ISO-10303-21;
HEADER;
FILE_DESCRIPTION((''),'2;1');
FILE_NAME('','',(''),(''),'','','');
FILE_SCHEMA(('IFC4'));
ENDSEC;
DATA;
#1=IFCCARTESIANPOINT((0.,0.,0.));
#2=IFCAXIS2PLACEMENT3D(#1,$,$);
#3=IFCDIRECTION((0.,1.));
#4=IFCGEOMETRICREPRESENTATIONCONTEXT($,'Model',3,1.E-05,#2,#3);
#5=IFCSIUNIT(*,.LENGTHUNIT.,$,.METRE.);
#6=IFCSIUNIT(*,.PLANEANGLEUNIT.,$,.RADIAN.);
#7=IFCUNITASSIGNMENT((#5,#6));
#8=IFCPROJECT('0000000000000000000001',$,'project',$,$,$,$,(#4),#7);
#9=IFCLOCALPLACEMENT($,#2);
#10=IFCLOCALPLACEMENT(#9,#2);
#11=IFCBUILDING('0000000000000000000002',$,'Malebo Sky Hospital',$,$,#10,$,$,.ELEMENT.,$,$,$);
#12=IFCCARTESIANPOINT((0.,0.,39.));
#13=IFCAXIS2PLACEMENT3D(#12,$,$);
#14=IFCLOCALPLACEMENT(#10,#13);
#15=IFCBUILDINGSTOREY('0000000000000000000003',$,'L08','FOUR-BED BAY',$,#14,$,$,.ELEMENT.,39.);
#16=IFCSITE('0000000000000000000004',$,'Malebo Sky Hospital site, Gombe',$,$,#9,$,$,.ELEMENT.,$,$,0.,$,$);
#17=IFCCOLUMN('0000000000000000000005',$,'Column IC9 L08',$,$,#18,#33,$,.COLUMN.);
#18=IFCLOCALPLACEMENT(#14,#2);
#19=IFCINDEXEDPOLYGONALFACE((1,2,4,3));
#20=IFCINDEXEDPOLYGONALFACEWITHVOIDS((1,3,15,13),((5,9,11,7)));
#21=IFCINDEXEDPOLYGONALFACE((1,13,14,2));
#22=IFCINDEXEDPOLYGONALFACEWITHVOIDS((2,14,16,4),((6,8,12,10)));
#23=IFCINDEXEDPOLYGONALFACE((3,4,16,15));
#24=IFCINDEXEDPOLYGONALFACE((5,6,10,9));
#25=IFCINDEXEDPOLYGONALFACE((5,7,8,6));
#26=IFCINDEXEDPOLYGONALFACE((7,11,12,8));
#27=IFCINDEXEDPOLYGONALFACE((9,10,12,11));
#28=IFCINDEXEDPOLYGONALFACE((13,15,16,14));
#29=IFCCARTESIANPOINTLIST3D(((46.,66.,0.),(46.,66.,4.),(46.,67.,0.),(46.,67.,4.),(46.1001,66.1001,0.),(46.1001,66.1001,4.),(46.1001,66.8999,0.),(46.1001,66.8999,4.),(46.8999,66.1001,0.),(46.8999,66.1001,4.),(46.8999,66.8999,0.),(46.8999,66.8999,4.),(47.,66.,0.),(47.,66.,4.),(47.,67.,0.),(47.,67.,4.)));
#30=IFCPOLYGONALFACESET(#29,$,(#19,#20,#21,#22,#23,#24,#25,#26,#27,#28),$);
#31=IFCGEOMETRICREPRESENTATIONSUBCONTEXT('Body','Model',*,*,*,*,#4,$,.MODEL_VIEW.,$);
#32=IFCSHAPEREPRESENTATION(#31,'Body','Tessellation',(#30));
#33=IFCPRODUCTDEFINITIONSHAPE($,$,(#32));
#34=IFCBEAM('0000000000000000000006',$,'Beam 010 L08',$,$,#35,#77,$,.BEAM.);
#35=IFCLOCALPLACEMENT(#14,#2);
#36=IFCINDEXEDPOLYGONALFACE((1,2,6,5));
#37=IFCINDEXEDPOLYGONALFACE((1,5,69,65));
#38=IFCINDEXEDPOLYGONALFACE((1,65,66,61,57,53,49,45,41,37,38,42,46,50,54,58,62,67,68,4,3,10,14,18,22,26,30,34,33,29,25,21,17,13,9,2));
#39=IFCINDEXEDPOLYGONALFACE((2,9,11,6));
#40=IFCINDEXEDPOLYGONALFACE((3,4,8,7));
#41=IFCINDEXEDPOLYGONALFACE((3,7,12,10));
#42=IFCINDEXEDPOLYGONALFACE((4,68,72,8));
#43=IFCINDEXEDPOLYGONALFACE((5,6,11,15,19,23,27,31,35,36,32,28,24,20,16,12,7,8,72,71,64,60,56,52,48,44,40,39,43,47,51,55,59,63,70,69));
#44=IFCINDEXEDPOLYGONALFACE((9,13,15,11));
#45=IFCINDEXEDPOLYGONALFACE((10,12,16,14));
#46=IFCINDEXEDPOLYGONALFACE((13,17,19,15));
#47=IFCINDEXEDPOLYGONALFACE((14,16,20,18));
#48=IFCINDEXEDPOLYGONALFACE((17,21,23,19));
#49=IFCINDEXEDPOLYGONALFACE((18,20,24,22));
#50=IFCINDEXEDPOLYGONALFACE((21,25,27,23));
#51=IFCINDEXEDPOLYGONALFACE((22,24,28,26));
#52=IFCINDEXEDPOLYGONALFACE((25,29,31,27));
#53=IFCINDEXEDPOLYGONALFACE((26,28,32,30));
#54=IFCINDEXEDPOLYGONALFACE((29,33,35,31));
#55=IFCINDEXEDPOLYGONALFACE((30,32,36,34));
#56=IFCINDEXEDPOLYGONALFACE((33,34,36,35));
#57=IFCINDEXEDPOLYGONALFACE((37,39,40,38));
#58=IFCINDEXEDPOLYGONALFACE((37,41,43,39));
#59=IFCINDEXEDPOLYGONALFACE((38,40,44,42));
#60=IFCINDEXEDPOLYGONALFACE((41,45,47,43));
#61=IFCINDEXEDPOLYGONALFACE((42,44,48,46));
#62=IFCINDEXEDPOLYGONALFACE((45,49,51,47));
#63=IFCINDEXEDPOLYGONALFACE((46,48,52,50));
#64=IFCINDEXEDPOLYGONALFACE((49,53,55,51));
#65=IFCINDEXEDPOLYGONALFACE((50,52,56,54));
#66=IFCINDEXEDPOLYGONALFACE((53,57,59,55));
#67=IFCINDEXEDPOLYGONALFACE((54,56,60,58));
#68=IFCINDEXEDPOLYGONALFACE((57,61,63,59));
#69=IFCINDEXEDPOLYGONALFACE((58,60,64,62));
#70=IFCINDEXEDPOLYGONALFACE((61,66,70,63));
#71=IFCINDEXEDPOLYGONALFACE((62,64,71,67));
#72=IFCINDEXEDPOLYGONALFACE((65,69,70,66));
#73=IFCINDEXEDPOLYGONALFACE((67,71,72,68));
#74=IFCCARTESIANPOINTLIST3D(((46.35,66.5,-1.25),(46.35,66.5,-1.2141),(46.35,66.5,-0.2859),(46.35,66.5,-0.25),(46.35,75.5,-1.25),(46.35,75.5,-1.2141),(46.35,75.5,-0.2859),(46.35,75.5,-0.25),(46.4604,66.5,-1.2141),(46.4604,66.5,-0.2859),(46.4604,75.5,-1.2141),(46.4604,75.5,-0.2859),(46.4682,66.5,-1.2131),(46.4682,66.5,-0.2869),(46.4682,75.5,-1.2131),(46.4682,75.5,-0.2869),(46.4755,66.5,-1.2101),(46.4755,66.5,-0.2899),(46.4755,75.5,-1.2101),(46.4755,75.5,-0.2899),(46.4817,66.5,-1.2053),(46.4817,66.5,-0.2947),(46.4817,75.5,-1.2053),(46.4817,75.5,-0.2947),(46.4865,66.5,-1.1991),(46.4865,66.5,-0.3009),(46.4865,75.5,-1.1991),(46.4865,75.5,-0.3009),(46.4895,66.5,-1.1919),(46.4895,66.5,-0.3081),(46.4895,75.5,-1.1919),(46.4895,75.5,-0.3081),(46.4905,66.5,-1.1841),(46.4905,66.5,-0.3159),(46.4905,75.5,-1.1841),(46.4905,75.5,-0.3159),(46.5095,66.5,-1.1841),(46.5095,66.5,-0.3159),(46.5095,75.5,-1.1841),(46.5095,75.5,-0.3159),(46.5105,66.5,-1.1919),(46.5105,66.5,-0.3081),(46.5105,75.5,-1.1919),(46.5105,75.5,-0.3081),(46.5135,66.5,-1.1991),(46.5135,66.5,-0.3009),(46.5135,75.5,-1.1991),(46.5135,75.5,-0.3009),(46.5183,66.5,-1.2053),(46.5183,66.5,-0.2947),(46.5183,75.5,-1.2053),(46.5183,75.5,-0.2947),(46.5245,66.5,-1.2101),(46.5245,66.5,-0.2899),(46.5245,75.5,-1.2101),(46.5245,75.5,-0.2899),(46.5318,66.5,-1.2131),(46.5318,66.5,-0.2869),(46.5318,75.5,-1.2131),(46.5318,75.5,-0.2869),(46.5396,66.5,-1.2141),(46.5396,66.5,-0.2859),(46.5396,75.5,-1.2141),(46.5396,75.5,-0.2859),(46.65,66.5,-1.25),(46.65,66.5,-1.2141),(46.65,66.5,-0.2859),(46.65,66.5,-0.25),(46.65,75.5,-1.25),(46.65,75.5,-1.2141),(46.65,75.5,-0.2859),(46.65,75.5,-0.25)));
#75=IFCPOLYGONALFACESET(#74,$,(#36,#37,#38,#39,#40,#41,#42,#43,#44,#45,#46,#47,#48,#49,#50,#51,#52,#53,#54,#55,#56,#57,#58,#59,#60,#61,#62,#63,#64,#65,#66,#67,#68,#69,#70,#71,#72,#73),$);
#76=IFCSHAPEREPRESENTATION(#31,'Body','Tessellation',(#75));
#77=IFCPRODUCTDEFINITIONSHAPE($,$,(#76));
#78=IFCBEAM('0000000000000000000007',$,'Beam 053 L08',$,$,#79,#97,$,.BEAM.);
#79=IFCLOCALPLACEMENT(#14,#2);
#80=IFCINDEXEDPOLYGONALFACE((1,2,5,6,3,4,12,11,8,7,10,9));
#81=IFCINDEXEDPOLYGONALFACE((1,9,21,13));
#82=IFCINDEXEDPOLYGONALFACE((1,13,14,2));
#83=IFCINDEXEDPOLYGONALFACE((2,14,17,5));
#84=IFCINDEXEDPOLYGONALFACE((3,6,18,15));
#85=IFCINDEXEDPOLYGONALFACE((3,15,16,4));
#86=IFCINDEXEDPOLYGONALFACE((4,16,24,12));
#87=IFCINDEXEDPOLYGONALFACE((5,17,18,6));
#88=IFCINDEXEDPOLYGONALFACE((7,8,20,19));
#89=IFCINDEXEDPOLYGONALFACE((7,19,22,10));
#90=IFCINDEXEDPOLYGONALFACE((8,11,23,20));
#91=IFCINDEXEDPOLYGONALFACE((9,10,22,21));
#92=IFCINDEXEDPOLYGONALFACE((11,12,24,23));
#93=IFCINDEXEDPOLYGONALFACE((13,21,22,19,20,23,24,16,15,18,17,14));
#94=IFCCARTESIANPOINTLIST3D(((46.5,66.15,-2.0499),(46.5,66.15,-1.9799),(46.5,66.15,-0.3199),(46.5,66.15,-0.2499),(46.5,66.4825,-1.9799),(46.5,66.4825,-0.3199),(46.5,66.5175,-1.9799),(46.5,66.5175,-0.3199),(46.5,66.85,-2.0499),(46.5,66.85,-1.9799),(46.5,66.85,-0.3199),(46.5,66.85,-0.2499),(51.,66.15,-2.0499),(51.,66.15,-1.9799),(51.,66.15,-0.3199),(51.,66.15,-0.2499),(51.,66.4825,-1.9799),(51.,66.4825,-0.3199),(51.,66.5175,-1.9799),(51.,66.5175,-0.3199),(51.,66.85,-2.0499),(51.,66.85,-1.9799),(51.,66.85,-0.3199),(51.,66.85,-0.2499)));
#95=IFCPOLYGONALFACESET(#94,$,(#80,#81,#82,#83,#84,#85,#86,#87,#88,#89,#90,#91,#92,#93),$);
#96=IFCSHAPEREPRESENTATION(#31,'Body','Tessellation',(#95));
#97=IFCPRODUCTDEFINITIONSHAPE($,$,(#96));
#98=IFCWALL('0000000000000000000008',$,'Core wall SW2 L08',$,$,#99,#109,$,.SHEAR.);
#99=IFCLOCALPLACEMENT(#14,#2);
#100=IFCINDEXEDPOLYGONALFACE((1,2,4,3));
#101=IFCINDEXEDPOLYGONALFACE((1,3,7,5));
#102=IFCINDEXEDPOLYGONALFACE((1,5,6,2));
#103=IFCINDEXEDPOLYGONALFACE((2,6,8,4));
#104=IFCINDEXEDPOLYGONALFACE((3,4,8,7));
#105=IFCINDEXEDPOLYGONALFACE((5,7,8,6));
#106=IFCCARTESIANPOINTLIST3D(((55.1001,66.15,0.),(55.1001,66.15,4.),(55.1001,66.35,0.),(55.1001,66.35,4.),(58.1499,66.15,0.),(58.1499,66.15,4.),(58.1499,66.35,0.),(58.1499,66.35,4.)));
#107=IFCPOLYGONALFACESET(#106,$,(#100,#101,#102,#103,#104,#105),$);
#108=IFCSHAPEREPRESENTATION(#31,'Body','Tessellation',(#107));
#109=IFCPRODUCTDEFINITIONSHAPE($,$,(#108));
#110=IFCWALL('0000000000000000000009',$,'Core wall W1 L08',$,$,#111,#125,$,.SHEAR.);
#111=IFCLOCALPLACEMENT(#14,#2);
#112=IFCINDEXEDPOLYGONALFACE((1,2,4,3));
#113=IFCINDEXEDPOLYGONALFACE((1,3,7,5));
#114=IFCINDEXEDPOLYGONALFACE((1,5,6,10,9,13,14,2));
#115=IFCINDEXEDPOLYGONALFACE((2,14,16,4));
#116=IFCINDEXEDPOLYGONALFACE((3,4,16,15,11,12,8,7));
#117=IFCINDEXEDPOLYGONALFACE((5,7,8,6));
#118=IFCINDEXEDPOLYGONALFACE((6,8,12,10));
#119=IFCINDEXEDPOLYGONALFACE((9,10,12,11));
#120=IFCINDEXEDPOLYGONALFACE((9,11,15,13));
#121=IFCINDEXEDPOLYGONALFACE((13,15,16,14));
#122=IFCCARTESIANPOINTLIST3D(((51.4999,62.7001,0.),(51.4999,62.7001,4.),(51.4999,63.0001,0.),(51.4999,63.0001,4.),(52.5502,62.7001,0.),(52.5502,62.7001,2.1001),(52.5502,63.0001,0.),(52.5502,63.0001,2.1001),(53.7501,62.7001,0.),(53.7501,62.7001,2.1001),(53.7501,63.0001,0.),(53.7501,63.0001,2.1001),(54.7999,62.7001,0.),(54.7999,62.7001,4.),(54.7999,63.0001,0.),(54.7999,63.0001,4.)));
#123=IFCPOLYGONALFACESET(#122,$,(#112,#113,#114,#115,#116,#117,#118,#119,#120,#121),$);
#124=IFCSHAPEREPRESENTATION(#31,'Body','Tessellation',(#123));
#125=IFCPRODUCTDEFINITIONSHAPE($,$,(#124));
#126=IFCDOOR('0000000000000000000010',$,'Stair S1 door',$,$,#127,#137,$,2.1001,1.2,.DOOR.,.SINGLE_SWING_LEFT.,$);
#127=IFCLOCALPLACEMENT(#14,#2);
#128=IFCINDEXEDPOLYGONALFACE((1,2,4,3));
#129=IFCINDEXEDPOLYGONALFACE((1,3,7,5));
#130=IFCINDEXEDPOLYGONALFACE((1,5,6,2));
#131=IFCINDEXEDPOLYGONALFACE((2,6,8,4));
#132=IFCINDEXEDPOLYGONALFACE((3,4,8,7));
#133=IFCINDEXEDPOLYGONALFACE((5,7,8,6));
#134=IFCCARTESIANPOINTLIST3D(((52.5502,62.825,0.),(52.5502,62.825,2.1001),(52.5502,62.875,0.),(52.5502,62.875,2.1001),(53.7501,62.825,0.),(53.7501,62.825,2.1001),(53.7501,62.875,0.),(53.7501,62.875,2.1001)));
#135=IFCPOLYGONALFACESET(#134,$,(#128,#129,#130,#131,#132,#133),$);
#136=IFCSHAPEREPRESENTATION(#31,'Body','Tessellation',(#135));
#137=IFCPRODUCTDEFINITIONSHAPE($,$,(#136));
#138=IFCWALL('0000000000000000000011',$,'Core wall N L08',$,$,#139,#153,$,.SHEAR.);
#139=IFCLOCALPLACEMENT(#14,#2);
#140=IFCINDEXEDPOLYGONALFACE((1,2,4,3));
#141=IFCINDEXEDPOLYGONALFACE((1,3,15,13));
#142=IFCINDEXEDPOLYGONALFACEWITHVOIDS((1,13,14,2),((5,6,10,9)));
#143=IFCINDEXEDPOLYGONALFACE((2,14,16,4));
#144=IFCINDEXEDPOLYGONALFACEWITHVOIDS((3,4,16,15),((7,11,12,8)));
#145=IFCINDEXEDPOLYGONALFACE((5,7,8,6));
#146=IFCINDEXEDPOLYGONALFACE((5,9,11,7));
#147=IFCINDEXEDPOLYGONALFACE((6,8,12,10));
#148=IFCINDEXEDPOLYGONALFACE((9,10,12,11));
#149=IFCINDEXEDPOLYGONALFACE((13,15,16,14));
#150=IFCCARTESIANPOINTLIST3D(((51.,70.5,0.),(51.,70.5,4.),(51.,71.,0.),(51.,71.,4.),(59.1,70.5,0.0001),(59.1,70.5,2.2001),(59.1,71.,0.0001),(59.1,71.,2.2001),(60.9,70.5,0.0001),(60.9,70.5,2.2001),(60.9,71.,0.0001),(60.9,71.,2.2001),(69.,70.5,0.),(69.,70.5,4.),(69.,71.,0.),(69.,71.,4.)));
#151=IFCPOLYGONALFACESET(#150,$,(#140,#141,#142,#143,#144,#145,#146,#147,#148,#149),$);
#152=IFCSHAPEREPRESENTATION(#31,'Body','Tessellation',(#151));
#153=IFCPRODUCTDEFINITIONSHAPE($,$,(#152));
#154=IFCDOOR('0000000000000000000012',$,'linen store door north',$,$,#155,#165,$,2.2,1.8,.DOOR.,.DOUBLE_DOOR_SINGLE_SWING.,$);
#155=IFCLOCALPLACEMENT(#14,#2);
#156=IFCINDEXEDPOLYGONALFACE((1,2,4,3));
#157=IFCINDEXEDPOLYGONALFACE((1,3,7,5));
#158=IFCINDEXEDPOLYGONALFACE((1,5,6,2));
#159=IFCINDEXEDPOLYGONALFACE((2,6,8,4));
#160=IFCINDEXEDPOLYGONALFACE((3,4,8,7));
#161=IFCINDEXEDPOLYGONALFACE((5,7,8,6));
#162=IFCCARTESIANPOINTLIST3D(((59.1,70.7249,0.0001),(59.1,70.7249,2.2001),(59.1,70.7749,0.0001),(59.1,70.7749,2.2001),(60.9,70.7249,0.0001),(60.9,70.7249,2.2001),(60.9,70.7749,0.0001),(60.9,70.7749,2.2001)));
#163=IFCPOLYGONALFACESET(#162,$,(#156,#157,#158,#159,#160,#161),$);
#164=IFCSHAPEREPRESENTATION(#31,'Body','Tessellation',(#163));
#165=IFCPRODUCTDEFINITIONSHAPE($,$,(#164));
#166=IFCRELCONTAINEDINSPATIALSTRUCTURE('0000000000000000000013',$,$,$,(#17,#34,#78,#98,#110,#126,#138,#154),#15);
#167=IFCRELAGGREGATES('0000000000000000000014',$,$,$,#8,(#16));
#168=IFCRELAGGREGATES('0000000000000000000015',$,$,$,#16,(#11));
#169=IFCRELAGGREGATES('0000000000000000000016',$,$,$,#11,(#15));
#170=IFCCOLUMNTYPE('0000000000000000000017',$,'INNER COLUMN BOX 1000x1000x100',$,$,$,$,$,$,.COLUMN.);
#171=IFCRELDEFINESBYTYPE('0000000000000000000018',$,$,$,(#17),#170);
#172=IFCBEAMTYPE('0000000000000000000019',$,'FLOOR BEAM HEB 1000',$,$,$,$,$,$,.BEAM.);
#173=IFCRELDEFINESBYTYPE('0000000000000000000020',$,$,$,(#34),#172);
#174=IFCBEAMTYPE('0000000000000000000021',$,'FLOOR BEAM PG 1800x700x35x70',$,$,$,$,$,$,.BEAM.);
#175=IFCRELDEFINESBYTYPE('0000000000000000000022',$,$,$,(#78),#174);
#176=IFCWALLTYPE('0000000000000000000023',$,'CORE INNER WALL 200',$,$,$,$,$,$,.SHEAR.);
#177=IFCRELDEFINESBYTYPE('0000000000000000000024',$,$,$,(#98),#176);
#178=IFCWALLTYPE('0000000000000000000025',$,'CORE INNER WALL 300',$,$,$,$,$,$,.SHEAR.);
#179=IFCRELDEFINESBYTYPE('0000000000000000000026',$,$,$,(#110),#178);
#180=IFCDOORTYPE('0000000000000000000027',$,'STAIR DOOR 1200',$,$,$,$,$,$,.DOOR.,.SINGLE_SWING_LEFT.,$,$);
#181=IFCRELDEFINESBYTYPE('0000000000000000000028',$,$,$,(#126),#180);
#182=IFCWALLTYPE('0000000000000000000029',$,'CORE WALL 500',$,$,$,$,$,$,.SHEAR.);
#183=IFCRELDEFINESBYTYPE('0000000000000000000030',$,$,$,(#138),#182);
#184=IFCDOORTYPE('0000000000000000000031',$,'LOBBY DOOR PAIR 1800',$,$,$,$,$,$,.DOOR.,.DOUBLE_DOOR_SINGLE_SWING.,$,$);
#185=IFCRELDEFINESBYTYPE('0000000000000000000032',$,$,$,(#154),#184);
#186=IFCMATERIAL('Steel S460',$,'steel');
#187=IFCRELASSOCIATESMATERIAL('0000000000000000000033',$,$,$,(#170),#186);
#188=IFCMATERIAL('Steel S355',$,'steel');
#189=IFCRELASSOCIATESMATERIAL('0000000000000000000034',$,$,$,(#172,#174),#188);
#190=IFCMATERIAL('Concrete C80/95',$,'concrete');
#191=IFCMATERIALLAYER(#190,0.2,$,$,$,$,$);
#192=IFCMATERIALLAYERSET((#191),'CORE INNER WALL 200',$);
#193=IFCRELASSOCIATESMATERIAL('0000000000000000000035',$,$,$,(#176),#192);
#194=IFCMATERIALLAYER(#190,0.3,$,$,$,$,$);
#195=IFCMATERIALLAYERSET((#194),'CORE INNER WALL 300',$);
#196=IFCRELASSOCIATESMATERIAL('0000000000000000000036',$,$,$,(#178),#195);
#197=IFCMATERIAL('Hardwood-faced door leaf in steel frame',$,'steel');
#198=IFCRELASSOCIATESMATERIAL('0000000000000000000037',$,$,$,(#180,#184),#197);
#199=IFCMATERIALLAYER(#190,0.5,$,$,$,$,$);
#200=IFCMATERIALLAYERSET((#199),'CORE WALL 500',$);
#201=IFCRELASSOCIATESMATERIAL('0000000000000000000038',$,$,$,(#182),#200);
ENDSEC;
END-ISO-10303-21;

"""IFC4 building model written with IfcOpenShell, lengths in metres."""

from ifc_helpers import new_model, si_unit, direction, frame, frame_2d, origin, origin_2d, place, context, subcontext, project, spatial, rectangle, hollow_rectangle, i_section, extrude, material, layer, layer_set, material_profile, profile_set, type_object, element, fill, save


model = new_model("IFC4")

# Units and contexts
model_context = context("Model", 3, precision=1e-05, world=origin(), true_north=direction((0.0, 1.0)))
body_context = subcontext(model_context, "Body", "Model", "MODEL_VIEW")
ifc_project = project(units=[si_unit("LENGTHUNIT", "METRE"), si_unit("PLANEANGLEUNIT", "RADIAN")], contexts=[model_context])

# Site, building, storey
site_placement = place(None, origin())
site = spatial("IfcSite", under=ifc_project, at=site_placement, Name="Malebo Sky Hospital site, Gombe", CompositionType="ELEMENT", RefElevation=0.0)
building_placement = place(site_placement, origin())
building = spatial("IfcBuilding", under=site, at=building_placement, Name="Malebo Sky Hospital", CompositionType="ELEMENT")
storey_placement = place(building_placement, frame((0.0, 0.0, 39.0)))
storey = spatial("IfcBuildingStorey", under=building, at=storey_placement, Name="L08", Description="FOUR-BED BAY", CompositionType="ELEMENT", Elevation=39.0)

# Column
ifc_material_1 = material(Name="Steel S460", Category="steel")
ifc_material_profile_1 = material_profile(ifc_material_1, hollow_rectangle(XDim=1.0, YDim=1.0, WallThickness=0.1001, at=origin_2d()), Name="BOX 1000x1000x100")
ifc_profile_set_1 = profile_set([ifc_material_profile_1], Name="Steel S460")
column_type = type_object("IfcColumnType", Name="INNER COLUMN BOX 1000x1000x100", PredefinedType="COLUMN", material=ifc_profile_set_1)
column_placement = place(storey_placement, frame((46.5, 66.5, 0.0), z_axis=(0.0, 0.0, 1.0), x_axis=(1.0, 0.0, 0.0)))
element("IfcColumn", 1, at=column_placement, inside=storey, type_object=column_type, Name="Column IC9 L08", PredefinedType="COLUMN", context=body_context, shape_type="SweptSolid", body=[
    extrude(hollow_rectangle(XDim=1.0, YDim=1.0, WallThickness=0.1001, at=origin_2d()), origin(), (0.0, 0.0, 1.0), 4.0),
])

# Beams
ifc_material_2 = material(Name="Steel S355", Category="steel")
ifc_material_profile_2 = material_profile(ifc_material_2, i_section(OverallWidth=0.3, OverallDepth=1.0, WebThickness=0.019, FlangeThickness=0.0359, FilletRadius=0.03, at=origin_2d()), Name="HEB 1000")
ifc_profile_set_2 = profile_set([ifc_material_profile_2], Name="Steel S355")
beam_type_1 = type_object("IfcBeamType", Name="FLOOR BEAM HEB 1000", PredefinedType="BEAM", material=ifc_profile_set_2)
beam_1_placement = place(storey_placement, frame((46.5, 66.5, -0.75), z_axis=(0.0, 1.0, 0.0), x_axis=(-1.0, 0.0, 0.0)))
element("IfcBeam", 2, at=beam_1_placement, inside=storey, type_object=beam_type_1, Name="Beam 010 L08", PredefinedType="BEAM", context=body_context, shape_type="SweptSolid", body=[
    extrude(i_section(OverallWidth=0.3, OverallDepth=1.0, WebThickness=0.019, FlangeThickness=0.0359, FilletRadius=0.03, at=origin_2d()), origin(), (0.0, 0.0, 1.0), 9.0),
])
ifc_material_profile_3 = material_profile(ifc_material_2, i_section(OverallWidth=0.7, OverallDepth=1.8, WebThickness=0.0349, FlangeThickness=0.0701, at=origin_2d()), Name="PG 1800x700x35x70")
ifc_profile_set_3 = profile_set([ifc_material_profile_3], Name="Steel S355")
beam_type_2 = type_object("IfcBeamType", Name="FLOOR BEAM PG 1800x700x35x70", PredefinedType="BEAM", material=ifc_profile_set_3)
beam_2_placement = place(storey_placement, frame((46.5, 66.5, -1.1499), z_axis=(1.0, 0.0, 0.0), x_axis=(0.0, 1.0, 0.0)))
element("IfcBeam", 3, at=beam_2_placement, inside=storey, type_object=beam_type_2, Name="Beam 053 L08", PredefinedType="BEAM", context=body_context, shape_type="SweptSolid", body=[
    extrude(i_section(OverallWidth=0.7, OverallDepth=1.8, WebThickness=0.0349, FlangeThickness=0.0701, at=origin_2d()), origin(), (0.0, 0.0, 1.0), 4.5),
])

# Wall
ifc_material_3 = material(Name="Concrete C80/95", Category="concrete")
ifc_layer_1 = layer(ifc_material_3, 0.2)
ifc_layer_set_1 = layer_set([ifc_layer_1], Name="CORE INNER WALL 200")
wall_type_1 = type_object("IfcWallType", Name="CORE INNER WALL 200", PredefinedType="SHEAR", material=ifc_layer_set_1)
wall_1_placement = place(storey_placement, frame((55.1001, 66.25, 0.0), z_axis=(0.0, 0.0, 1.0), x_axis=(1.0, 0.0, 0.0)))
element("IfcWall", 4, at=wall_1_placement, inside=storey, type_object=wall_type_1, Name="Core wall SW2 L08", PredefinedType="SHEAR", context=body_context, shape_type="SweptSolid", body=[
    extrude(rectangle(XDim=3.0498, YDim=0.2, at=frame_2d((1.5249, 0.0))), origin(), (0.0, 0.0, 1.0), 4.0),
])

# Walls, openings, doors
ifc_layer_2 = layer(ifc_material_3, 0.3)
ifc_layer_set_2 = layer_set([ifc_layer_2], Name="CORE INNER WALL 300")
wall_type_2 = type_object("IfcWallType", Name="CORE INNER WALL 300", PredefinedType="SHEAR", material=ifc_layer_set_2)
wall_2_placement = place(storey_placement, frame((51.5, 62.8501, 0.0), z_axis=(0.0, 0.0, 1.0), x_axis=(1.0, 0.0, 0.0)))
wall_2 = element("IfcWall", 5, at=wall_2_placement, inside=storey, type_object=wall_type_2, Name="Core wall W1 L08", PredefinedType="SHEAR", context=body_context, shape_type="SweptSolid", body=[
    extrude(rectangle(XDim=3.3, YDim=0.3, at=frame_2d((1.6499, 0.0))), origin(), (0.0, 0.0, 1.0), 4.0),
])
opening_1_placement = place(wall_2_placement, frame((1.05, 0.0, 0.0)))
opening_1 = element("IfcOpeningElement", 6, at=opening_1_placement, cuts=wall_2, PredefinedType="OPENING", context=body_context, shape_type="SweptSolid", body=[
    extrude(rectangle(XDim=1.2, YDim=2.1001, at=frame_2d((0.6001, 1.05))), frame((0.0, 0.1599, 0.0), z_axis=(0.0, -1.0, 0.0), x_axis=(1.0, 0.0, 0.0)), (0.0, 0.0, 1.0), 0.3201),
])
ifc_material_4 = material(Name="Hardwood-faced door leaf in steel frame", Category="steel")
door_type_1 = type_object("IfcDoorType", Name="STAIR DOOR 1200", OperationType="SINGLE_SWING_LEFT", PredefinedType="DOOR", material=ifc_material_4)
door_1_placement = place(opening_1_placement, origin())
door_1 = element("IfcDoor", 7, at=door_1_placement, inside=storey, type_object=door_type_1, Name="Stair S1 door", OperationType="SINGLE_SWING_LEFT", OverallHeight=2.1001, OverallWidth=1.2, PredefinedType="DOOR", context=body_context, shape_type="SweptSolid", body=[
    extrude(rectangle(XDim=1.2, YDim=2.1001, at=frame_2d((0.6001, 1.05))), frame((0.0, 0.0249, 0.0), z_axis=(0.0, -1.0, 0.0), x_axis=(1.0, 0.0, 0.0)), (0.0, 0.0, 1.0), 0.05),
])
fill(opening_1, door_1)
ifc_layer_3 = layer(ifc_material_3, 0.5)
ifc_layer_set_3 = layer_set([ifc_layer_3], Name="CORE WALL 500")
wall_type_3 = type_object("IfcWallType", Name="CORE WALL 500", PredefinedType="SHEAR", material=ifc_layer_set_3)
wall_3_placement = place(storey_placement, frame((51.0, 70.75, 0.0), z_axis=(0.0, 0.0, 1.0), x_axis=(1.0, 0.0, 0.0)))
wall_3 = element("IfcWall", 8, at=wall_3_placement, inside=storey, type_object=wall_type_3, Name="Core wall N L08", PredefinedType="SHEAR", context=body_context, shape_type="SweptSolid", body=[
    extrude(rectangle(XDim=18.0, YDim=0.5, at=frame_2d((9.0, 0.0))), origin(), (0.0, 0.0, 1.0), 4.0),
])
opening_2_placement = place(wall_3_placement, frame((8.1001, 0.0, 0.0)))
opening_2 = element("IfcOpeningElement", 9, at=opening_2_placement, cuts=wall_3, PredefinedType="OPENING", context=body_context, shape_type="SweptSolid", body=[
    extrude(rectangle(XDim=1.8, YDim=2.2, at=frame_2d((0.8999, 1.1001))), frame((0.0, 0.26, 0.0), z_axis=(0.0, -1.0, 0.0), x_axis=(1.0, 0.0, 0.0)), (0.0, 0.0, 1.0), 0.52),
])
door_type_2 = type_object("IfcDoorType", Name="LOBBY DOOR PAIR 1800", OperationType="DOUBLE_DOOR_SINGLE_SWING", PredefinedType="DOOR", material=ifc_material_4)
door_2_placement = place(opening_2_placement, origin())
door_2 = element("IfcDoor", 10, at=door_2_placement, inside=storey, type_object=door_type_2, Name="linen store door north", OperationType="DOUBLE_DOOR_SINGLE_SWING", OverallHeight=2.2, OverallWidth=1.8, PredefinedType="DOOR", context=body_context, shape_type="SweptSolid", body=[
    extrude(rectangle(XDim=1.8, YDim=2.2, at=frame_2d((0.8999, 1.1001))), frame((0.0, 0.0249, 0.0), z_axis=(0.0, -1.0, 0.0), x_axis=(1.0, 0.0, 0.0)), (0.0, 0.0, 1.0), 0.05),
])
fill(opening_2, door_2)

save(model, "model.ifc")
